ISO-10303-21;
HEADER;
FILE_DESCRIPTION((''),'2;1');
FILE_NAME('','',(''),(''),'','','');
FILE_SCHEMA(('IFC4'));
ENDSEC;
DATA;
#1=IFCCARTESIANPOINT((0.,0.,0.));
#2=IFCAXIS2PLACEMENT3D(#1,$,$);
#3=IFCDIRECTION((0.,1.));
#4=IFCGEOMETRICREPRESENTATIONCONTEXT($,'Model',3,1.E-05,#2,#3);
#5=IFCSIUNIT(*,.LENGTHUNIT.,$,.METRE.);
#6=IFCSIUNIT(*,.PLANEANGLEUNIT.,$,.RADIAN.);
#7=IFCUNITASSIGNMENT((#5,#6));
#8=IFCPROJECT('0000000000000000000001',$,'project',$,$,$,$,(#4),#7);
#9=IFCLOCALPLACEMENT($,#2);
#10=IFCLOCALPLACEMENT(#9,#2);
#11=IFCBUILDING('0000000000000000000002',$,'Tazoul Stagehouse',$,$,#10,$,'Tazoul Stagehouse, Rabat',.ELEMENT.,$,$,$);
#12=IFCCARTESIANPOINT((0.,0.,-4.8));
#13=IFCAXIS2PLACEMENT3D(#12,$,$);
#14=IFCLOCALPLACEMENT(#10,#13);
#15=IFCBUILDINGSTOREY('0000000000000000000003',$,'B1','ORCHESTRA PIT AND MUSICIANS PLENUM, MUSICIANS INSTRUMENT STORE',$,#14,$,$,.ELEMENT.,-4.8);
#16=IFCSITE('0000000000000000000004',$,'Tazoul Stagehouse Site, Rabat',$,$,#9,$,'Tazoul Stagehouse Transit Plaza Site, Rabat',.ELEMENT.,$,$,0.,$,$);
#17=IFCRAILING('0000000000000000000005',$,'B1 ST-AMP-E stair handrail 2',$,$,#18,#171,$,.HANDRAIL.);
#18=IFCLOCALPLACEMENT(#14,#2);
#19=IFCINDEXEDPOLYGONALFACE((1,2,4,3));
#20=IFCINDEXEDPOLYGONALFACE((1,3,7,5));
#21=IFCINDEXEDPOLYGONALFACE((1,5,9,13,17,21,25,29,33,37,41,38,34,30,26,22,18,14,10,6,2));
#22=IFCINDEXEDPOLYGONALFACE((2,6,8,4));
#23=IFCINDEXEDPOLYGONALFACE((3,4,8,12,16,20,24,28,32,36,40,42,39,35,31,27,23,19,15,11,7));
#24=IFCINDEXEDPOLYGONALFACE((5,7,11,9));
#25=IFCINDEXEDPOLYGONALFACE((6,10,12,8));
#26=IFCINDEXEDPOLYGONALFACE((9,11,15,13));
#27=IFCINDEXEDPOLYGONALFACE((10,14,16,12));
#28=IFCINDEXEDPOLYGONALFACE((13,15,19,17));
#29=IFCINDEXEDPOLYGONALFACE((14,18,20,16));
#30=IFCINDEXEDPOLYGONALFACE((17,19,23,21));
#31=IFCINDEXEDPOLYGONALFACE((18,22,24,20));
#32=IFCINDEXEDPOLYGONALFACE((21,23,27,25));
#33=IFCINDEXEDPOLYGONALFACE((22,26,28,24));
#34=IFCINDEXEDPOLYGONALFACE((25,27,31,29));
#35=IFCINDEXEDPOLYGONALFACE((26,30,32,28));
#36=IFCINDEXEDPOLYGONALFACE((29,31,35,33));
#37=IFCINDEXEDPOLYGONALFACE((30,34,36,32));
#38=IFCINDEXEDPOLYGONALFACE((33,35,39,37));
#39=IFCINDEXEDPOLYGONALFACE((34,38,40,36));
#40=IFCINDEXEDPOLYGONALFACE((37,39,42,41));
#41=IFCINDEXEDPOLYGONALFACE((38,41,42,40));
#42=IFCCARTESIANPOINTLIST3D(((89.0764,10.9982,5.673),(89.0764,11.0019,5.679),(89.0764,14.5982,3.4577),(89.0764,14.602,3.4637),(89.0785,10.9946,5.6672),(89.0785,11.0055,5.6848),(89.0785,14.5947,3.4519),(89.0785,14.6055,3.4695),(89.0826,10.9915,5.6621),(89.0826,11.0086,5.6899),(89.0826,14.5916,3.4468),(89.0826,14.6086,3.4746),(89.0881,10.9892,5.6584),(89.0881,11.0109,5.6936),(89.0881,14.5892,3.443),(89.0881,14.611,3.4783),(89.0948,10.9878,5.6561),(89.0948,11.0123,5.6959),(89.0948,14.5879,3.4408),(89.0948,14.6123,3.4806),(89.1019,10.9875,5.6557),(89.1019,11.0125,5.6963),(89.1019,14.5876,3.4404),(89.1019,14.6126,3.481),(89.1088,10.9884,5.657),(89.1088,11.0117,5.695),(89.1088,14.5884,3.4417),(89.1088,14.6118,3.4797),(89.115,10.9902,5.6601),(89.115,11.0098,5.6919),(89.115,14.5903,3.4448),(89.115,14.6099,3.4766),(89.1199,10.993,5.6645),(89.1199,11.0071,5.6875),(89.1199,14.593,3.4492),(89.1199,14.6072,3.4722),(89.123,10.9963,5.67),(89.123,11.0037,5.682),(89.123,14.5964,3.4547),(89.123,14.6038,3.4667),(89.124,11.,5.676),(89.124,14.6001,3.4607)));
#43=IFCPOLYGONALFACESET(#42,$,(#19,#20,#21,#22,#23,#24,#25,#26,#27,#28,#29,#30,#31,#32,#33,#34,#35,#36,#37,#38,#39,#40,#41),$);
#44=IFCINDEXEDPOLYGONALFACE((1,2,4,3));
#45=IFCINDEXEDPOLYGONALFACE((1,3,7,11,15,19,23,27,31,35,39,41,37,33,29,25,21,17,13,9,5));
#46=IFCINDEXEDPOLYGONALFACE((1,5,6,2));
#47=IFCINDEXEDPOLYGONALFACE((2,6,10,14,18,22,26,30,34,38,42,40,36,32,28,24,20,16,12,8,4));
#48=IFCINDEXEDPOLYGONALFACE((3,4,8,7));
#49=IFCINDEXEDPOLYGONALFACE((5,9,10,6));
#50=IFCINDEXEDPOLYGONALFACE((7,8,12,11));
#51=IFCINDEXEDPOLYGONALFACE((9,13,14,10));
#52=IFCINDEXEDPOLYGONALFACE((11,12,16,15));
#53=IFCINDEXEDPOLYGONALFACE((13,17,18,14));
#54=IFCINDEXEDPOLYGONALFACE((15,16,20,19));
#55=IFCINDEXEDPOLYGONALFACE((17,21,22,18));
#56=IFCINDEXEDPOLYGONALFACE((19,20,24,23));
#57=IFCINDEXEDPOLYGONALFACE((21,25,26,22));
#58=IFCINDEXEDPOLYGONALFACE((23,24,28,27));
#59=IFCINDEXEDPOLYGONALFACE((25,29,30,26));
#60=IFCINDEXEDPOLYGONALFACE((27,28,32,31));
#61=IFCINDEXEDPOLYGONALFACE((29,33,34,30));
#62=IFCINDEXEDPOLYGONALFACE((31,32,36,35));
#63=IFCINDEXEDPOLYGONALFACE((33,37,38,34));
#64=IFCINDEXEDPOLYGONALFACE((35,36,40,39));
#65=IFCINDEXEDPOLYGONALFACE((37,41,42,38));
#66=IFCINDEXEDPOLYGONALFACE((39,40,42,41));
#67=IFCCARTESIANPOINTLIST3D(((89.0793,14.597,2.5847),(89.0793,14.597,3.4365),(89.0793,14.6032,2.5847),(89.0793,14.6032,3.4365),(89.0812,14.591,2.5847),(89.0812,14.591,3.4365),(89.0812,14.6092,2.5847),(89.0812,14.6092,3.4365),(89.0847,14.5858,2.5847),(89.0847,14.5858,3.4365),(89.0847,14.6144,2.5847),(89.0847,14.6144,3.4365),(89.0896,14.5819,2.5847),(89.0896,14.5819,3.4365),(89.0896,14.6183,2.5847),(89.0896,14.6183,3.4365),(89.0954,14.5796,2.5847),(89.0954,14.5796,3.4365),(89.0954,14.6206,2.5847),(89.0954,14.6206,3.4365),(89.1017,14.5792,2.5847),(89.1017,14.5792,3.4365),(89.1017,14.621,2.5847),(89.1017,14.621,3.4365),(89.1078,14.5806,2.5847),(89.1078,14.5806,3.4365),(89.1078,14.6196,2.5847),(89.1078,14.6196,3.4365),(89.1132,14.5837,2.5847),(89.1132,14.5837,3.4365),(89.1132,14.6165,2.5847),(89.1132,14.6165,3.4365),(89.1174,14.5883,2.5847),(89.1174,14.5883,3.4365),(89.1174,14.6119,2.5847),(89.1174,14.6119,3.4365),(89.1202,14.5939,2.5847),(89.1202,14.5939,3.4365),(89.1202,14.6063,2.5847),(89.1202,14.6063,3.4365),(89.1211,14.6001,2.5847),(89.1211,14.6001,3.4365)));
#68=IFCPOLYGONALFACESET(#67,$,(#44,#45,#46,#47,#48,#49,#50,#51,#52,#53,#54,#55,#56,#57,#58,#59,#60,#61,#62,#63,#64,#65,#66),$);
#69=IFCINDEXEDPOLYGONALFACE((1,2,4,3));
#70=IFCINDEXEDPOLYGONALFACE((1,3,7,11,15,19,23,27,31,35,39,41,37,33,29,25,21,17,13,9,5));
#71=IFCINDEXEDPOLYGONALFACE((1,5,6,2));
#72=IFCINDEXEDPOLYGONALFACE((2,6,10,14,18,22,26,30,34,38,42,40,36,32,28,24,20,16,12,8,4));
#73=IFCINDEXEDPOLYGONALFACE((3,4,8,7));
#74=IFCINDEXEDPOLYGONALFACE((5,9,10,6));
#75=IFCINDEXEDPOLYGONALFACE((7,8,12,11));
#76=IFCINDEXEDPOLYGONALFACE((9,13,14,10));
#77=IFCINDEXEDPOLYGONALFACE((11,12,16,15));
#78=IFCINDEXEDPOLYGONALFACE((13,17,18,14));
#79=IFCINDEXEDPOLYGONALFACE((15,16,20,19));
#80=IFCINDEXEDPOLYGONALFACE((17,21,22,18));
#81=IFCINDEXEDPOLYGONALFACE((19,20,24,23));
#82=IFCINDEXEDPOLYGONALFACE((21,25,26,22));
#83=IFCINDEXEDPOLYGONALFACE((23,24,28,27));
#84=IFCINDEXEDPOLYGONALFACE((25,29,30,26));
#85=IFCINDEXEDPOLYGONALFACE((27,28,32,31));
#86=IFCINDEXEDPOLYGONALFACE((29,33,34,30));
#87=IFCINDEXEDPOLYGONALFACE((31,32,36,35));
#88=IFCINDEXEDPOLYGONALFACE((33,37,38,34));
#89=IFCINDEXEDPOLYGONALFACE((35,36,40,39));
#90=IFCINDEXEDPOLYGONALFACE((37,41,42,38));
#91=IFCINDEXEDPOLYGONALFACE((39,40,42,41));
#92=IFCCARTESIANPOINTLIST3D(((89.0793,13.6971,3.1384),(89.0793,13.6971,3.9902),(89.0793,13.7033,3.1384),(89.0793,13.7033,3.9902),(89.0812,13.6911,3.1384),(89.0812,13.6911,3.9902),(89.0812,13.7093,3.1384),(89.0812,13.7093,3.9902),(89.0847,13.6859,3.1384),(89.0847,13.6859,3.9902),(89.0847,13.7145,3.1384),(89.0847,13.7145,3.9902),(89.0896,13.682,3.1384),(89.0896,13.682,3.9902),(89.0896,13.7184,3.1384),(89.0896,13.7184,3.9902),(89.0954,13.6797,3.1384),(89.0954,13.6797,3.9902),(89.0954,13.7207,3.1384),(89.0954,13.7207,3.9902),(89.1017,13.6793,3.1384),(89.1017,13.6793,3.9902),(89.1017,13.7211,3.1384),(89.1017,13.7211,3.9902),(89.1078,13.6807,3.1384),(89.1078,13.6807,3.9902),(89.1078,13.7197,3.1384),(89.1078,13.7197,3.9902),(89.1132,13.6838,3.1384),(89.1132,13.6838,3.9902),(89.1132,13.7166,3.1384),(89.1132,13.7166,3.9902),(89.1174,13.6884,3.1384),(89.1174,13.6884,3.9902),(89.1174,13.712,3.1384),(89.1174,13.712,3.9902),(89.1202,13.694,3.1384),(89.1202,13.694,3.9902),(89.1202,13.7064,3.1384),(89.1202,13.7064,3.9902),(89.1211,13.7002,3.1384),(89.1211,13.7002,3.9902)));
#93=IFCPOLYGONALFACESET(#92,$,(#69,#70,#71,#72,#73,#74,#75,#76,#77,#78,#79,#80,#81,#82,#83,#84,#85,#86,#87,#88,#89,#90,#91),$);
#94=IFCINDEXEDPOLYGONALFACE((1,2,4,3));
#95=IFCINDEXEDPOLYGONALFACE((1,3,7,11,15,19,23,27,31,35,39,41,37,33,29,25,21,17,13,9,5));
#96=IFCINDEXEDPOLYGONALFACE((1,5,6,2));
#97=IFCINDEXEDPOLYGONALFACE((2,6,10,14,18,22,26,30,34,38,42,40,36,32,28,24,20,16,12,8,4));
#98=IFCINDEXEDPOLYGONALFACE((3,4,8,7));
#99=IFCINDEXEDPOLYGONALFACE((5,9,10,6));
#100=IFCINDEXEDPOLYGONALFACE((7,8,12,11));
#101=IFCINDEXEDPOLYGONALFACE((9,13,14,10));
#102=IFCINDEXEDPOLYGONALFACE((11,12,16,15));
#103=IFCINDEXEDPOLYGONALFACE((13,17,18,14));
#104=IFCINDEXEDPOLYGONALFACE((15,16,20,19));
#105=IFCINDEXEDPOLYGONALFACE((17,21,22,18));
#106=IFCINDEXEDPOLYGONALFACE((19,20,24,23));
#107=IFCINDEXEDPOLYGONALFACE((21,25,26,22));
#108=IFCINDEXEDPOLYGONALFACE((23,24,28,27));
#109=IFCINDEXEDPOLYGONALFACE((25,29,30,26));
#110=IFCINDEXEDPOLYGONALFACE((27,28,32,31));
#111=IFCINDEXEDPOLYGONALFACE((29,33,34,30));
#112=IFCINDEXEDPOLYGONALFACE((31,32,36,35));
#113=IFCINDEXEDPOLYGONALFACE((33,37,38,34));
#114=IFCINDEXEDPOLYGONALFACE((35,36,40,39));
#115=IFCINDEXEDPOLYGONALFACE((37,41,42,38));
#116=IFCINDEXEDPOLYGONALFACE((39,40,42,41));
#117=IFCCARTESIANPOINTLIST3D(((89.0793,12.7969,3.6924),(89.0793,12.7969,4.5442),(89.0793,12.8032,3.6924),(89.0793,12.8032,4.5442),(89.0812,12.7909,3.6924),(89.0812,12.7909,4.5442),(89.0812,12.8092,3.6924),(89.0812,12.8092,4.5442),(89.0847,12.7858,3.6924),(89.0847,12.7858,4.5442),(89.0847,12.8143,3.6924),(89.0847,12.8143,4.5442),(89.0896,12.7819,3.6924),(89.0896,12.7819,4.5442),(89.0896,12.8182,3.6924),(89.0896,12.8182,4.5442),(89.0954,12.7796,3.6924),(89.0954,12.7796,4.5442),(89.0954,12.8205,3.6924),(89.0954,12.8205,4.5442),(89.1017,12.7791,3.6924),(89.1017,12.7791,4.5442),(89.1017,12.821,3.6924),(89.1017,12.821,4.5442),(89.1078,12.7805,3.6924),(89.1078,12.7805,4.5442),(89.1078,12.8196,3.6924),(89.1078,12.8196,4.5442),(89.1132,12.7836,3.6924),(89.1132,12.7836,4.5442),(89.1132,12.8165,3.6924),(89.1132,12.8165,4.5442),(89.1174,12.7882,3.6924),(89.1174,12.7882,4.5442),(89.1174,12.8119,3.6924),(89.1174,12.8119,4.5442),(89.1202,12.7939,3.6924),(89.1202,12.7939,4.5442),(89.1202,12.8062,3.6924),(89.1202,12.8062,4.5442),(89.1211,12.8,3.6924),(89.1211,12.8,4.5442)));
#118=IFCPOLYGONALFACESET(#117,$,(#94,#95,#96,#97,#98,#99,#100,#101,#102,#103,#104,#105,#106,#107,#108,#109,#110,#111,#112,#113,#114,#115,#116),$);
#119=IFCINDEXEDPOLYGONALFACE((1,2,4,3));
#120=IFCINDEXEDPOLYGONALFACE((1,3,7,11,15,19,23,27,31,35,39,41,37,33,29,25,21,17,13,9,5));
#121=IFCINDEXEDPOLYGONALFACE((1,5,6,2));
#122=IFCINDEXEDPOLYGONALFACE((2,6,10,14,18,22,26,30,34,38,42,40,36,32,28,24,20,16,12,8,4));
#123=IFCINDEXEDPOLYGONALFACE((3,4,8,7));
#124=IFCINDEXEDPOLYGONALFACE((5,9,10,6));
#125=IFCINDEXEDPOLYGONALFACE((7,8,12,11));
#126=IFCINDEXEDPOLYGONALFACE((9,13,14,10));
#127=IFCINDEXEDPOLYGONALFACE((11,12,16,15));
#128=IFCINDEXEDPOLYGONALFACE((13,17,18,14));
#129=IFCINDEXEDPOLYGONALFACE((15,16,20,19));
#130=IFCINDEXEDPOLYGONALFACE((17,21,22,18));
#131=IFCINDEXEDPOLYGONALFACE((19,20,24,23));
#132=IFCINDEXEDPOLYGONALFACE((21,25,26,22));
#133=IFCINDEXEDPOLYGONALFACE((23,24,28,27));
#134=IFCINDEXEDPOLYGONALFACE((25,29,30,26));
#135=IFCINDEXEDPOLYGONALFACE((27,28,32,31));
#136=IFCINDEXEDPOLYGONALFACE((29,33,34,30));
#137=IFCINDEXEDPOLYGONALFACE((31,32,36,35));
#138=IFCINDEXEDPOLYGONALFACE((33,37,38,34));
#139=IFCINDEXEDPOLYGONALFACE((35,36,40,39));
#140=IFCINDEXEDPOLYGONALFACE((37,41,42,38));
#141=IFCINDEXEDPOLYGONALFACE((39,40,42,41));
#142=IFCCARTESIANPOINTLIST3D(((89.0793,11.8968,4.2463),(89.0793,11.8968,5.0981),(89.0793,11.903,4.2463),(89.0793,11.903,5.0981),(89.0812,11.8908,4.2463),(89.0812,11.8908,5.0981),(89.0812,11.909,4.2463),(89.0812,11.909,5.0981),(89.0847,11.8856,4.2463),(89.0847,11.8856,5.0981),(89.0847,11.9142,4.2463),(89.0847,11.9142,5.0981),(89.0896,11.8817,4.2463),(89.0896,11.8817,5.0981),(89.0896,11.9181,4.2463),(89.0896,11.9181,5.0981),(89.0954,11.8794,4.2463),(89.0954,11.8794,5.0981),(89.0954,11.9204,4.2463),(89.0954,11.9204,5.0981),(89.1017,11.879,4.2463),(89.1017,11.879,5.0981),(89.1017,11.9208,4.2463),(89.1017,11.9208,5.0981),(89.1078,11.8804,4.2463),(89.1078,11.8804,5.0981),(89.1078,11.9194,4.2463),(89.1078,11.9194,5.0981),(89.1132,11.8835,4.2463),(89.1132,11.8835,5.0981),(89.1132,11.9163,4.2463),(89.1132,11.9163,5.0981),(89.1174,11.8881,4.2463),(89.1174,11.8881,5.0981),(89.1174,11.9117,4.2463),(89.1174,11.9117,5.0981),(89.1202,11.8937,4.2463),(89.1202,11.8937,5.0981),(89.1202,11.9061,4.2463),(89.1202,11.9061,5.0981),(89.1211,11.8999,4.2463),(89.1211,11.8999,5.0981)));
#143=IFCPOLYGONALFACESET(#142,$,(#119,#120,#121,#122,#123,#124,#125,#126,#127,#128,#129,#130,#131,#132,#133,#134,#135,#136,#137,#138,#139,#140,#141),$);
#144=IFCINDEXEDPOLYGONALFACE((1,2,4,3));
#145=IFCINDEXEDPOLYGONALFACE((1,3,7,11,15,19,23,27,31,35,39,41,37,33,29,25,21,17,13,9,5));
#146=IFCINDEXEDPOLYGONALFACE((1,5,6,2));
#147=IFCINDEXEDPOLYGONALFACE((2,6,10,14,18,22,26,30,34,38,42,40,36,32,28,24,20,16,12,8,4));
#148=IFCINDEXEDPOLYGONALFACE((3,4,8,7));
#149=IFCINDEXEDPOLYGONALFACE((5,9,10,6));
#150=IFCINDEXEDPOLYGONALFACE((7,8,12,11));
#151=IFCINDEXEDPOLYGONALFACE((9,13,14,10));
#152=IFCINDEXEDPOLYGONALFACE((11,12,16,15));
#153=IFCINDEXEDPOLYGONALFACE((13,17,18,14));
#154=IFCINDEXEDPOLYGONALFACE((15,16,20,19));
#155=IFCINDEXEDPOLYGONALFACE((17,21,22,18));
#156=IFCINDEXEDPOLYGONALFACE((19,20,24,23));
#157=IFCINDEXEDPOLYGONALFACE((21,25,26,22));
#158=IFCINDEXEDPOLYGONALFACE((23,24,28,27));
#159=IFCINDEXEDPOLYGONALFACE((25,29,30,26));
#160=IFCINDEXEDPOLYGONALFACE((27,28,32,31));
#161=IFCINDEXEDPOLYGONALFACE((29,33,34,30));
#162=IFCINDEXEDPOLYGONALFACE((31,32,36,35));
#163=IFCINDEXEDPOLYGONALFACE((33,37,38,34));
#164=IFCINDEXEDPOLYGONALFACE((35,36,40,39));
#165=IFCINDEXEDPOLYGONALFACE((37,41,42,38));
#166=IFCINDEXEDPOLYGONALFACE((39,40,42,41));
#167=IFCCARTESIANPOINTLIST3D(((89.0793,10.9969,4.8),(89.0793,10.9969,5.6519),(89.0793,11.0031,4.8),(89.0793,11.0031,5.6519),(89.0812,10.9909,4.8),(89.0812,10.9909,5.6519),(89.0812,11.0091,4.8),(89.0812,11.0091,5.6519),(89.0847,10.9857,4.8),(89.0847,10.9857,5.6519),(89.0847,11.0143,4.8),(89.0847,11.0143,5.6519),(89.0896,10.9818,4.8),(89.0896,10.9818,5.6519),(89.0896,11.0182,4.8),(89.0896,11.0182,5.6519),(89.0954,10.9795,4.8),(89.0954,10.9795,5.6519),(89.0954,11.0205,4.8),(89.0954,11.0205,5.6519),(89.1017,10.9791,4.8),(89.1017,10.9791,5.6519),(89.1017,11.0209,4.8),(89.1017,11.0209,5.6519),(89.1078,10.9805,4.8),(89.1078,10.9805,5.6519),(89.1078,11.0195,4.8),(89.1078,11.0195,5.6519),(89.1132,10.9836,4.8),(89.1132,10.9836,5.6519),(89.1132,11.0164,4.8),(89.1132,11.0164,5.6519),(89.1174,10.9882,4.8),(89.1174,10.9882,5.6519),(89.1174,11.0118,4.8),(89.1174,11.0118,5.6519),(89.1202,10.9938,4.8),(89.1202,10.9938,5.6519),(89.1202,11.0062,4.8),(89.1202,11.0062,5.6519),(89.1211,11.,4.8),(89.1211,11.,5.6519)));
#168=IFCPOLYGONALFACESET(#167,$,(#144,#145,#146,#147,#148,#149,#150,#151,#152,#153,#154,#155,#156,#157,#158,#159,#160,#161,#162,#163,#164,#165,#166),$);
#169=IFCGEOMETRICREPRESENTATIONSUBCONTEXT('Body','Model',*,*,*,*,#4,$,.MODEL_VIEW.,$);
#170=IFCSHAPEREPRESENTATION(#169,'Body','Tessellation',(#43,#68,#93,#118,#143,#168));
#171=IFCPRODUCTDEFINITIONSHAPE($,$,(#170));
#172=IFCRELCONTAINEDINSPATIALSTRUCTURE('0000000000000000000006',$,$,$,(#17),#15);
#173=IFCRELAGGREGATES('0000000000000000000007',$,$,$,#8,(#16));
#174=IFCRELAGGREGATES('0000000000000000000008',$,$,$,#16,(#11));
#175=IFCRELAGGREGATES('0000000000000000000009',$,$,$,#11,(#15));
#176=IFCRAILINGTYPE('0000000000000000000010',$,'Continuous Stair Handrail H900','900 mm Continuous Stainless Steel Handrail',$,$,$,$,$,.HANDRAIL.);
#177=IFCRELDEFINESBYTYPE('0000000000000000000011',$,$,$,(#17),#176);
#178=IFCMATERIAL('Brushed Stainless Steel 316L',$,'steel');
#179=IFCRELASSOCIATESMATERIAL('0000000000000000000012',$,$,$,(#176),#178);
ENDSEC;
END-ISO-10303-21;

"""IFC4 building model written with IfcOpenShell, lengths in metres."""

from ifc_helpers import new_model, si_unit, direction, frame, origin, origin_2d, place, context, subcontext, project, spatial, circle, extrude, material, material_profile, profile_set, type_object, element, save


model = new_model("IFC4")

# Units and contexts
model_context = context("Model", 3, precision=1e-05, world=origin(), true_north=direction((0.0, 1.0)))
body_context = subcontext(model_context, "Body", "Model", "MODEL_VIEW")
ifc_project = project(units=[si_unit("LENGTHUNIT", "METRE"), si_unit("PLANEANGLEUNIT", "RADIAN")], contexts=[model_context])

# Site, building, storey
site_placement = place(None, origin())
site = spatial("IfcSite", under=ifc_project, at=site_placement, Name="Tazoul Stagehouse Site, Rabat", LongName="Tazoul Stagehouse Transit Plaza Site, Rabat", CompositionType="ELEMENT", RefElevation=0.0)
building_placement = place(site_placement, origin())
building = spatial("IfcBuilding", under=site, at=building_placement, Name="Tazoul Stagehouse", LongName="Tazoul Stagehouse, Rabat", CompositionType="ELEMENT")
storey_placement = place(building_placement, frame((0.0, 0.0, -4.8)))
storey = spatial("IfcBuildingStorey", under=building, at=storey_placement, Name="B1", Description="ORCHESTRA PIT AND MUSICIANS PLENUM, MUSICIANS INSTRUMENT STORE", CompositionType="ELEMENT", Elevation=-4.8)

# Railing
ifc_material_1 = material(Name="Brushed Stainless Steel 316L", Category="steel")
ifc_material_profile_1 = material_profile(ifc_material_1, circle(Radius=0.021, at=origin_2d()), Name="SS HANDRAIL D42")
ifc_profile_set_1 = profile_set([ifc_material_profile_1], Name="Brushed Stainless Steel 316L")
railing_type = type_object("IfcRailingType", Name="Continuous Stair Handrail H900", Description="900 mm Continuous Stainless Steel Handrail", PredefinedType="HANDRAIL", material=ifc_profile_set_1)
railing_placement = place(storey_placement, frame((89.1001, 14.6001, 2.5847)))
element("IfcRailing", 1, at=railing_placement, inside=storey, type_object=railing_type, Name="B1 ST-AMP-E stair handrail 2", PredefinedType="HANDRAIL", context=body_context, shape_type="SweptSolid", body=[
    extrude(circle(Radius=0.0239, at=origin_2d()), frame((0.0, 0.0, 0.876), z_axis=(0.0, -0.85167, 0.524078), x_axis=(1.0, 0.0, 0.0)), (0.0, 0.0, 1.0), 4.2271),
    extrude(circle(Radius=0.021, at=origin_2d()), origin(), (0.0, 0.0, 1.0), 0.8518),
    extrude(circle(Radius=0.021, at=origin_2d()), frame((0.0, -0.8999, 0.5537)), (0.0, 0.0, 1.0), 0.8518),
    extrude(circle(Radius=0.021, at=origin_2d()), frame((0.0, -1.8, 1.1077)), (0.0, 0.0, 1.0), 0.8518),
    extrude(circle(Radius=0.021, at=origin_2d()), frame((0.0, -2.7002, 1.6616)), (0.0, 0.0, 1.0), 0.8518),
    extrude(circle(Radius=0.021, at=origin_2d()), frame((0.0, -3.6001, 2.2153)), (0.0, 0.0, 1.0), 0.8518),
])

save(model, "model.ifc")
